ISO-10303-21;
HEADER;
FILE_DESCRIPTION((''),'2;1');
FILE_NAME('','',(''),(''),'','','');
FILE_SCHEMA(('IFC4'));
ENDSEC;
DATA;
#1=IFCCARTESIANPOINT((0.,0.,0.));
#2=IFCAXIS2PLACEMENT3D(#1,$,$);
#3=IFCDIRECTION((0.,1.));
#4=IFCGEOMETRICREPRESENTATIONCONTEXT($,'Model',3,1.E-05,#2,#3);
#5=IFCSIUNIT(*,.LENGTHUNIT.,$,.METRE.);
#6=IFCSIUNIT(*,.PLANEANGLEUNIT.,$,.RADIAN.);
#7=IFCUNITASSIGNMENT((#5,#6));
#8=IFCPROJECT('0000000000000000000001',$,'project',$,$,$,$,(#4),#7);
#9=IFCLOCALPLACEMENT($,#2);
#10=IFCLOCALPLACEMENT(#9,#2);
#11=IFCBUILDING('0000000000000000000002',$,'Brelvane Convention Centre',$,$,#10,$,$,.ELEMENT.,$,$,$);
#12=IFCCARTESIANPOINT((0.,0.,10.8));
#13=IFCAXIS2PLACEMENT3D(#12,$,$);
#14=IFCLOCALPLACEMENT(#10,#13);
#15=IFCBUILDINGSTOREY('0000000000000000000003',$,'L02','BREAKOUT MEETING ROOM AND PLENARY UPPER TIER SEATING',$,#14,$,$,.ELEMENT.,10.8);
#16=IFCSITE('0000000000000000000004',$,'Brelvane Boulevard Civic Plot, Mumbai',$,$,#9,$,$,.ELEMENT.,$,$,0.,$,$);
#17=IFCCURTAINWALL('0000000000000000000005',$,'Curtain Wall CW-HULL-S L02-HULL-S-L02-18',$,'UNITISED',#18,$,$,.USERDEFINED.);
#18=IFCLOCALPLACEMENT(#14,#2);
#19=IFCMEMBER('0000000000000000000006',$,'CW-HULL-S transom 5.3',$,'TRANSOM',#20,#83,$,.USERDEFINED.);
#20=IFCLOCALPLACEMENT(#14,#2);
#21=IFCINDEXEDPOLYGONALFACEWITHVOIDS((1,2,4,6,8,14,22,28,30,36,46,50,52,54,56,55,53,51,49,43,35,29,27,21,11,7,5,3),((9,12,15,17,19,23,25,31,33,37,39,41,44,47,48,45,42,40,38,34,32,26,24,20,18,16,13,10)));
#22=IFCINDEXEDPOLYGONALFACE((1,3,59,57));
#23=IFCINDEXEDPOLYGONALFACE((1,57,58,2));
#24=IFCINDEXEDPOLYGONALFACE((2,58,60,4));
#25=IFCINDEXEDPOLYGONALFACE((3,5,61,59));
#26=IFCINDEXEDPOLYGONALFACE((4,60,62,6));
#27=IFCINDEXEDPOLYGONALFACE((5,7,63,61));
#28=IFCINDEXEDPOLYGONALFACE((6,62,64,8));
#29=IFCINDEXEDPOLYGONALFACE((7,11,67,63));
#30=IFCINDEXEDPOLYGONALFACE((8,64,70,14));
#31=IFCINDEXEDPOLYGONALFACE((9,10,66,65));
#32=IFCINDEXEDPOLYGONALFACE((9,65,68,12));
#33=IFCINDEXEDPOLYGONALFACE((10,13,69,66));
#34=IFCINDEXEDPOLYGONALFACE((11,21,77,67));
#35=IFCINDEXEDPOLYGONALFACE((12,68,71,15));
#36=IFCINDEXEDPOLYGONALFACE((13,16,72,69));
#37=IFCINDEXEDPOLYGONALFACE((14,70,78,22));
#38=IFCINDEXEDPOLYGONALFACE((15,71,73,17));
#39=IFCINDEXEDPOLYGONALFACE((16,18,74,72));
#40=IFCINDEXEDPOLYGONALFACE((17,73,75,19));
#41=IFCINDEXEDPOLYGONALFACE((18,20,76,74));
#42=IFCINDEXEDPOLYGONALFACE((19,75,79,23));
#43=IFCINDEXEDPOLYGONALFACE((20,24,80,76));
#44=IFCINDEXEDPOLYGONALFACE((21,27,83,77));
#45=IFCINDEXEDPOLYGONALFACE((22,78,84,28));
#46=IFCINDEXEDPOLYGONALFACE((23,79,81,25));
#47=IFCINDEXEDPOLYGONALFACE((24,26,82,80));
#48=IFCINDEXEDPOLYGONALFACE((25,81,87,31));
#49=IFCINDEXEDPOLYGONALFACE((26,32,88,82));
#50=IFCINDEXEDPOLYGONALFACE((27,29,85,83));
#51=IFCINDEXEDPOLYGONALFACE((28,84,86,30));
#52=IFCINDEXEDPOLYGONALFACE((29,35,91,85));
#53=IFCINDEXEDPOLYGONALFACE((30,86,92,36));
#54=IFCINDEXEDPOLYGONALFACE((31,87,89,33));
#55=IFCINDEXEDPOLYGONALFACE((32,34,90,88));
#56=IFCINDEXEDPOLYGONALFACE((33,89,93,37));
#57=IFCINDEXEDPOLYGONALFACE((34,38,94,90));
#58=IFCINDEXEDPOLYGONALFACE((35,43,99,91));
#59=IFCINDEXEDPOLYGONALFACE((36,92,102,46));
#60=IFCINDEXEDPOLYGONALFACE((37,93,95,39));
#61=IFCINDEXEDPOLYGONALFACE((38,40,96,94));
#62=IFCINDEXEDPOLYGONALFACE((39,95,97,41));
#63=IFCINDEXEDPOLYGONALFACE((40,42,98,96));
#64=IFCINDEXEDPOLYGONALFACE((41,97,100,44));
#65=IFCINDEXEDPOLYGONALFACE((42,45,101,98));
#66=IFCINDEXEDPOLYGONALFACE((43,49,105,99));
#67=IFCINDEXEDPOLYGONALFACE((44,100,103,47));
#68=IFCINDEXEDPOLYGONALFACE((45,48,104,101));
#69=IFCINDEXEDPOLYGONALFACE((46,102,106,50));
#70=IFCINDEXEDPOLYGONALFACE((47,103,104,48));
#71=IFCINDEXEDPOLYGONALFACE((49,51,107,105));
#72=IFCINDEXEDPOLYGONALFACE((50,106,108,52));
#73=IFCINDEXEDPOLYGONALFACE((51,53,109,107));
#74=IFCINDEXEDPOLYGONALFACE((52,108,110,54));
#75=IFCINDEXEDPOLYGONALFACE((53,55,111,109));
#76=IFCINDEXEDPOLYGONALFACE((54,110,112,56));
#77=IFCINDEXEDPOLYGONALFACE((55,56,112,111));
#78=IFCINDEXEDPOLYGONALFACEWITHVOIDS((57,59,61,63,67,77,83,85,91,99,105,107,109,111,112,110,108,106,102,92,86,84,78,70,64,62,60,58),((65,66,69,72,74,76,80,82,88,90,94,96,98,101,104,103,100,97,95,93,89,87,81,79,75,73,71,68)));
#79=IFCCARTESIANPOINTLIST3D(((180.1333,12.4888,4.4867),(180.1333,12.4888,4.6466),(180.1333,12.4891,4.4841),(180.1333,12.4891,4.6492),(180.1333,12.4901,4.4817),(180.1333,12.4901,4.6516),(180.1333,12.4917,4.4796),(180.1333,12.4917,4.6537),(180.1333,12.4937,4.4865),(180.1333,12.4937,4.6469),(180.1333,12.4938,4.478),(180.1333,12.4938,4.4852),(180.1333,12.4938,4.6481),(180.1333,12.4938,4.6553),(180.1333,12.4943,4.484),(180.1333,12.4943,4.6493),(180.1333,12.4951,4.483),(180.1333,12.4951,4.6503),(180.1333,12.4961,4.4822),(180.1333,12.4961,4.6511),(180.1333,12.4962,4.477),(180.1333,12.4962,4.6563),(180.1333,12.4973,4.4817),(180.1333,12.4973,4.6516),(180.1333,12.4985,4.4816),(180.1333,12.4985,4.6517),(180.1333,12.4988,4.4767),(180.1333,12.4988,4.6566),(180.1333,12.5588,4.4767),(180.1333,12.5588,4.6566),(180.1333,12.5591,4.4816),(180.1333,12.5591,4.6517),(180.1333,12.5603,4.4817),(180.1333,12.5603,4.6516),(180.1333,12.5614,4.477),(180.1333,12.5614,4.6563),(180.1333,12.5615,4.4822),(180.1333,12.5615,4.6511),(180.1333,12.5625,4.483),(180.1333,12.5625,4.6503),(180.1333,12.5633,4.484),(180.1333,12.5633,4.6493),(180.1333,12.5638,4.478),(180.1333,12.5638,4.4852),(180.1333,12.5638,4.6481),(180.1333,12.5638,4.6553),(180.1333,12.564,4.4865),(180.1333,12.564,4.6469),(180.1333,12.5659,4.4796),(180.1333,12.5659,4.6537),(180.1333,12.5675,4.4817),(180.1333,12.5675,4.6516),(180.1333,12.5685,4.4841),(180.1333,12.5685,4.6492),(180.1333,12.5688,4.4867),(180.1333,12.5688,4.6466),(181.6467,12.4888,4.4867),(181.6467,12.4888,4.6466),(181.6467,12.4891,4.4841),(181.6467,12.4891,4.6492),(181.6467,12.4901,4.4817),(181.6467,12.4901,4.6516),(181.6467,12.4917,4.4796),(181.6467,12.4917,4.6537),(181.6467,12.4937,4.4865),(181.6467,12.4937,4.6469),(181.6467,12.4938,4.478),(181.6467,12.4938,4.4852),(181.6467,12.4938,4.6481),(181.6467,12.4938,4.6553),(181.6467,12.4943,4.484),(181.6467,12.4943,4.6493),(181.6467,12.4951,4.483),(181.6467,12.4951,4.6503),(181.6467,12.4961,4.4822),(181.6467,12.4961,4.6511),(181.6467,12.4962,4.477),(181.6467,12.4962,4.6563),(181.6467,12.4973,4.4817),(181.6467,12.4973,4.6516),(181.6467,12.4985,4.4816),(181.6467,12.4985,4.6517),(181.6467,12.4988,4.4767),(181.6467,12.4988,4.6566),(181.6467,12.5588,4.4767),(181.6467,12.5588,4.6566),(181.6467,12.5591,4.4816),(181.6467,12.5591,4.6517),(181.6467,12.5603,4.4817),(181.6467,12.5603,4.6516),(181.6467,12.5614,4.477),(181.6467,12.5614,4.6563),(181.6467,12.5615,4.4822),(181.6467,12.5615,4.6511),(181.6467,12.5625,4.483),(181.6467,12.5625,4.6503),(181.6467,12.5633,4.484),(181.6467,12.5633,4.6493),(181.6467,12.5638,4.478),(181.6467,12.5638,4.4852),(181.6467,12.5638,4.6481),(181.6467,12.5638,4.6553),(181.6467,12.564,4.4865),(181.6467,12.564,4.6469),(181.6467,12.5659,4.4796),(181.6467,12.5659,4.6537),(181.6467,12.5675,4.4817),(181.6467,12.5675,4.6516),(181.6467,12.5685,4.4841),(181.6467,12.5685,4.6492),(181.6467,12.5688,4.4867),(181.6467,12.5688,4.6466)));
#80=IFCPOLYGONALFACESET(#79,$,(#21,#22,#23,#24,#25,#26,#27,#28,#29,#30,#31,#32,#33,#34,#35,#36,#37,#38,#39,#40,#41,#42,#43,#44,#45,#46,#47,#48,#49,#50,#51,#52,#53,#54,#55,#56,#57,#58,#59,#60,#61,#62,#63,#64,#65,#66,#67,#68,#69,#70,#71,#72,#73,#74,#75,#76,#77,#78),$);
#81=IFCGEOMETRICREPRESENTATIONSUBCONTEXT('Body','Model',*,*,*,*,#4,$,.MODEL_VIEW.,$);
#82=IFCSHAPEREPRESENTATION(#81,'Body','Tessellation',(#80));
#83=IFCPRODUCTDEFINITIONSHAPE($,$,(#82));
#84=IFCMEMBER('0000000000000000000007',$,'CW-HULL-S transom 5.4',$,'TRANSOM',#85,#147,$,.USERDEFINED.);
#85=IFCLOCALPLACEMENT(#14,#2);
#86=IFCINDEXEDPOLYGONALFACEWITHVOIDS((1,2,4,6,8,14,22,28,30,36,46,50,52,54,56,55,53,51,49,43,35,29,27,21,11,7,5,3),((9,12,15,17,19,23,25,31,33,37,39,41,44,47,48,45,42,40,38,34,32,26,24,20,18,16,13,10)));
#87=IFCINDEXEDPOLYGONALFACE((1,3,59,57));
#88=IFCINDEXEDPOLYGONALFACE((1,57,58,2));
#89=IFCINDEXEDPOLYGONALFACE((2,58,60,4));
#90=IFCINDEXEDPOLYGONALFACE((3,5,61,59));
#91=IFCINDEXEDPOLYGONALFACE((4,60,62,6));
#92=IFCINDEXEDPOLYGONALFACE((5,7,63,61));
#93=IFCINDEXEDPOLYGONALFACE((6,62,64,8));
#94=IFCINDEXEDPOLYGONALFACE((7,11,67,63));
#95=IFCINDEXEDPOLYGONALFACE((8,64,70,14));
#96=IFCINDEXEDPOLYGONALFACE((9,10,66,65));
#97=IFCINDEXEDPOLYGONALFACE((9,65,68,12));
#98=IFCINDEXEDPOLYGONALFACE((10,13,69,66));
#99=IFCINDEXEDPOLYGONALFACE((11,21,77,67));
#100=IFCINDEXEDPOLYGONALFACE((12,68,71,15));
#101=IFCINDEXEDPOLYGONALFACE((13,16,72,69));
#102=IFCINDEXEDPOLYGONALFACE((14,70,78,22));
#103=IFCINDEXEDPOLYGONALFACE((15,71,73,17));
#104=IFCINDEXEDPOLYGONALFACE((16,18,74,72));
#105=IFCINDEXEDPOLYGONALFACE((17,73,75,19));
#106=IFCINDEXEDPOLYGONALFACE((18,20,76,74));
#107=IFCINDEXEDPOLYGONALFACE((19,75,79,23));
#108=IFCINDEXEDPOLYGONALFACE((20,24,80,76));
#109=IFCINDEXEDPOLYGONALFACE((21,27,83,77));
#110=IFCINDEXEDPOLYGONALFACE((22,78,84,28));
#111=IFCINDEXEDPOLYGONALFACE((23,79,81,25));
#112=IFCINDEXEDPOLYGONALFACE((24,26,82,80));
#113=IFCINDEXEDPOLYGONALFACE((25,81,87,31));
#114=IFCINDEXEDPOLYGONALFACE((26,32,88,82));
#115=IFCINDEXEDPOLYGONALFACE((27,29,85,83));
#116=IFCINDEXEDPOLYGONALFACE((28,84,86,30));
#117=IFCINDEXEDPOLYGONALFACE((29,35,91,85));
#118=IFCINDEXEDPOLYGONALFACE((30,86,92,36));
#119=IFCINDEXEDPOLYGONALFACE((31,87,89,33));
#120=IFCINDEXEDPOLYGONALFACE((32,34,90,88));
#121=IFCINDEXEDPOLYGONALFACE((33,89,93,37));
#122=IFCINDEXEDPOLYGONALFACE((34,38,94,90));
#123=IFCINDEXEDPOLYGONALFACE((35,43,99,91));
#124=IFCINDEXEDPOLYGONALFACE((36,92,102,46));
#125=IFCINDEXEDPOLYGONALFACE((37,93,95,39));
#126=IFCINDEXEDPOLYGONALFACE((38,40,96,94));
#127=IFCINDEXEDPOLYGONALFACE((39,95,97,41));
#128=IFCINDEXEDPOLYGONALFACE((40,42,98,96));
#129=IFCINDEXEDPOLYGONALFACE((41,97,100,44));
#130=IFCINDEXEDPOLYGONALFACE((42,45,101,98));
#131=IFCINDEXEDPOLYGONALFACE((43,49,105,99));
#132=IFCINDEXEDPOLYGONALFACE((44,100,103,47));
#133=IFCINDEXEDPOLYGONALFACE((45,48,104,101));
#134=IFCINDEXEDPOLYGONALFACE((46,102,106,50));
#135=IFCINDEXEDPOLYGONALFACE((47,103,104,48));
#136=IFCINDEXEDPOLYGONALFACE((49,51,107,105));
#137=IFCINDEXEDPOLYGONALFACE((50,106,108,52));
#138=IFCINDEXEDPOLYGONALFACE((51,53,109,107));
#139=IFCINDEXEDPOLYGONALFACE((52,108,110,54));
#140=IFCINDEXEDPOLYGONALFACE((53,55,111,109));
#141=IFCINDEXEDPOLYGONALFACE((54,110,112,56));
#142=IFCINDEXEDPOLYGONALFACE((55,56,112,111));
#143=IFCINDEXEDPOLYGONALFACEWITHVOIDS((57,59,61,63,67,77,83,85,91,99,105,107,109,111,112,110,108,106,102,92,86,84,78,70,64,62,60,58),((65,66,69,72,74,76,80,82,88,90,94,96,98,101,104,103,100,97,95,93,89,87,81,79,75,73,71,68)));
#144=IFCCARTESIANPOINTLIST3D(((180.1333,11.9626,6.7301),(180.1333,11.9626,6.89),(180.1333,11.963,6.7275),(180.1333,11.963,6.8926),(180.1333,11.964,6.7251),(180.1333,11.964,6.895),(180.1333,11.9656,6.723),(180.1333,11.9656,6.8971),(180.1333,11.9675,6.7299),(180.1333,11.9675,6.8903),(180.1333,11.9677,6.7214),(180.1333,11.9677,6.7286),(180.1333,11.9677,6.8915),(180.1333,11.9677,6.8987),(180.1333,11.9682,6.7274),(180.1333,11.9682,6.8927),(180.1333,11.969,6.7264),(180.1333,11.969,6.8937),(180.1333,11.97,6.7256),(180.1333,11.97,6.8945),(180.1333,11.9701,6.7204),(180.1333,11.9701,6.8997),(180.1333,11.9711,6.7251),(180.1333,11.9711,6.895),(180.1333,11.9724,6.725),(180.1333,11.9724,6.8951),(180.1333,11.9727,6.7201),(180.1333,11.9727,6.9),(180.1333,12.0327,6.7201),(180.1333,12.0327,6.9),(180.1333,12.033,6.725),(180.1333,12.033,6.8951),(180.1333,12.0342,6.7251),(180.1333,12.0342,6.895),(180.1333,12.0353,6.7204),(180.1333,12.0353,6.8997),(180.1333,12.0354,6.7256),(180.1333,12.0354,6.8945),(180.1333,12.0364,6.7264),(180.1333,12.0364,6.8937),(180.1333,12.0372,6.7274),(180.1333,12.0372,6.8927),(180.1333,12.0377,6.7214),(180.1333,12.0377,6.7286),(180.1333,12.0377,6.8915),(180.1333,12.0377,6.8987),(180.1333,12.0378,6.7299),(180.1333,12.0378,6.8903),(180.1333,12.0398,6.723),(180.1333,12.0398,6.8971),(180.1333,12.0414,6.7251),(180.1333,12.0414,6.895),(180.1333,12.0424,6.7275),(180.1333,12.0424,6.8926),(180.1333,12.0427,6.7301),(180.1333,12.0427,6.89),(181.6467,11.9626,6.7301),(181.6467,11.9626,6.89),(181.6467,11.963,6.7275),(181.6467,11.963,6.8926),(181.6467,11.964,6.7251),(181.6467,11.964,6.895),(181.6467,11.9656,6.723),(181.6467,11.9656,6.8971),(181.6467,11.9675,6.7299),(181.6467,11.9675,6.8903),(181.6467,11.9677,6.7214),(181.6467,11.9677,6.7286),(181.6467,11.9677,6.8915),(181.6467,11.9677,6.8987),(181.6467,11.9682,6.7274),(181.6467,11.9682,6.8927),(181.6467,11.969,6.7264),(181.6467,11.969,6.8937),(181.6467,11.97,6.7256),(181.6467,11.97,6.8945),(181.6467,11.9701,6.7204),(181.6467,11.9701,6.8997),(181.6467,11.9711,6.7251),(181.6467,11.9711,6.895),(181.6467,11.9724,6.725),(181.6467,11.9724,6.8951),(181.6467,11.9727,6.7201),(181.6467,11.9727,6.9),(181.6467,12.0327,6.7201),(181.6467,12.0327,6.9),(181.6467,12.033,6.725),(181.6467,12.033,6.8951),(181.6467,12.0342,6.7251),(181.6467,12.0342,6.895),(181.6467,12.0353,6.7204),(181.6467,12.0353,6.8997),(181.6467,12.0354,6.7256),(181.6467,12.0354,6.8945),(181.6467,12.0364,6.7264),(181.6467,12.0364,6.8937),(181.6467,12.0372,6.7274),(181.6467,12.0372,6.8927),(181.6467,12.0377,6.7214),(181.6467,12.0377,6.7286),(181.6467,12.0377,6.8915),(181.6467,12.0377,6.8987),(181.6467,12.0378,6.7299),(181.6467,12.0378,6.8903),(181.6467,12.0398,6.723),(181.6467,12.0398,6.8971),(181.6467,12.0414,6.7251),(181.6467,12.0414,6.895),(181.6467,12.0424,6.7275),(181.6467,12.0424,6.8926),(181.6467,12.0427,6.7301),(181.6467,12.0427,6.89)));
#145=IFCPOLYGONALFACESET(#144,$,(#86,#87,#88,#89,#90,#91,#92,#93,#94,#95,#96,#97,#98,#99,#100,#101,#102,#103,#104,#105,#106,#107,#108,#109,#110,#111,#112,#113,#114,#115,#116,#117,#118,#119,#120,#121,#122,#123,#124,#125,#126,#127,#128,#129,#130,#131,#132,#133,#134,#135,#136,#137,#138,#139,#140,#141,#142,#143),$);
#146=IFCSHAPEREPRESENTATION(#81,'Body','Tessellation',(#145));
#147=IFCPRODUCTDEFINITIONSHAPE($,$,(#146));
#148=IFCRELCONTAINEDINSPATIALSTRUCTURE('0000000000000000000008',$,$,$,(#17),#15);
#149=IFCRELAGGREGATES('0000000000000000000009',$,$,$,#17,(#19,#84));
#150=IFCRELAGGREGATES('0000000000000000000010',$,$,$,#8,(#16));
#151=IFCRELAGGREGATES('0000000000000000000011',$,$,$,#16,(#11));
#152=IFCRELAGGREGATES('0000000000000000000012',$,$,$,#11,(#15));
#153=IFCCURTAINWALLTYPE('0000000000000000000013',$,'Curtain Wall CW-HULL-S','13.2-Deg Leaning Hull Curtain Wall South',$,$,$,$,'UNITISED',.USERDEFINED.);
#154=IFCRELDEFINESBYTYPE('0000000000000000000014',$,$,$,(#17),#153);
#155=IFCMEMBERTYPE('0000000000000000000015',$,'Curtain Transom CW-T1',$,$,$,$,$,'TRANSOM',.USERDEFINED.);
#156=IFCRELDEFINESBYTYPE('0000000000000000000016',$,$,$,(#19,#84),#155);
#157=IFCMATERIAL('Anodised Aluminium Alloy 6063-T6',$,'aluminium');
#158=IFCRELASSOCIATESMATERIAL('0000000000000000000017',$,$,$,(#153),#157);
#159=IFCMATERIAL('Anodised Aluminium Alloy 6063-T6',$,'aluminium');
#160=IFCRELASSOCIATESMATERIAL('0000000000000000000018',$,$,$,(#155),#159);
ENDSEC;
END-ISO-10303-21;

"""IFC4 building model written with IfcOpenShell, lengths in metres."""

from ifc_helpers import new_model, si_unit, direction, frame, origin, origin_2d, place, context, subcontext, project, spatial, hollow_rectangle, extrude, material, material_profile, profile_set, type_object, element, aggregate, save


model = new_model("IFC4")

# Units and contexts
model_context = context("Model", 3, precision=1e-05, world=origin(), true_north=direction((0.0, 1.0)))
body_context = subcontext(model_context, "Body", "Model", "MODEL_VIEW")
ifc_project = project(units=[si_unit("LENGTHUNIT", "METRE"), si_unit("PLANEANGLEUNIT", "RADIAN")], contexts=[model_context])

# Site, building, storey
site_placement = place(None, origin())
site = spatial("IfcSite", under=ifc_project, at=site_placement, Name="Brelvane Boulevard Civic Plot, Mumbai", CompositionType="ELEMENT", RefElevation=0.0)
building_placement = place(site_placement, origin())
building = spatial("IfcBuilding", under=site, at=building_placement, Name="Brelvane Convention Centre", CompositionType="ELEMENT")
storey_placement = place(building_placement, frame((0.0, 0.0, 10.8)))
storey = spatial("IfcBuildingStorey", under=building, at=storey_placement, Name="L02", Description="BREAKOUT MEETING ROOM AND PLENARY UPPER TIER SEATING", CompositionType="ELEMENT", Elevation=10.8)

# Curtain wall, members
ifc_material_1 = material(Name="Anodised Aluminium Alloy 6063-T6", Category="aluminium")
curtain_wall_type = type_object("IfcCurtainWallType", Name="Curtain Wall CW-HULL-S", Description="13.2-Deg Leaning Hull Curtain Wall South", ElementType="UNITISED", PredefinedType="USERDEFINED", material=ifc_material_1)
curtain_wall_1_placement = place(storey_placement, origin())
curtain_wall_1 = element("IfcCurtainWall", 1, at=curtain_wall_1_placement, inside=storey, type_object=curtain_wall_type, Name="Curtain Wall CW-HULL-S L02-HULL-S-L02-18", ObjectType="UNITISED", PredefinedType="USERDEFINED")
ifc_material_2 = material(Name="Anodised Aluminium Alloy 6063-T6", Category="aluminium")
ifc_material_profile = material_profile(ifc_material_2, hollow_rectangle(XDim=0.0801, YDim=0.1799, WallThickness=0.0049, InnerFilletRadius=0.0049, OuterFilletRadius=0.01, at=origin_2d()), Name="ALU-T 180x80x5.0")
ifc_profile_set = profile_set([ifc_material_profile], Name="Anodised Aluminium Alloy 6063-T6")
member_type = type_object("IfcMemberType", Name="Curtain Transom CW-T1", ElementType="TRANSOM", PredefinedType="USERDEFINED", material=ifc_profile_set)
member_1_placement = place(storey_placement, frame((180.1333, 12.5288, 4.5667), z_axis=(1.0, 0.0, 0.0), x_axis=(0.0, 1.0, 0.0)))
member_1 = element("IfcMember", 2, at=member_1_placement, type_object=member_type, Name="CW-HULL-S transom 5.3", ObjectType="TRANSOM", PredefinedType="USERDEFINED", context=body_context, shape_type="SweptSolid", body=[
    extrude(hollow_rectangle(XDim=0.0801, YDim=0.1799, WallThickness=0.0049, InnerFilletRadius=0.0049, OuterFilletRadius=0.01, at=origin_2d()), origin(), (0.0, 0.0, 1.0), 1.5134),
])
member_2_placement = place(storey_placement, frame((180.1333, 12.0027, 6.8101), z_axis=(1.0, 0.0, 0.0), x_axis=(0.0, 1.0, 0.0)))
member_2 = element("IfcMember", 3, at=member_2_placement, type_object=member_type, Name="CW-HULL-S transom 5.4", ObjectType="TRANSOM", PredefinedType="USERDEFINED", context=body_context, shape_type="SweptSolid", body=[
    extrude(hollow_rectangle(XDim=0.0801, YDim=0.1799, WallThickness=0.0049, InnerFilletRadius=0.0049, OuterFilletRadius=0.01, at=origin_2d()), origin(), (0.0, 0.0, 1.0), 1.5134),
])

aggregate(curtain_wall_1, [member_1, member_2])

save(model, "model.ifc")
